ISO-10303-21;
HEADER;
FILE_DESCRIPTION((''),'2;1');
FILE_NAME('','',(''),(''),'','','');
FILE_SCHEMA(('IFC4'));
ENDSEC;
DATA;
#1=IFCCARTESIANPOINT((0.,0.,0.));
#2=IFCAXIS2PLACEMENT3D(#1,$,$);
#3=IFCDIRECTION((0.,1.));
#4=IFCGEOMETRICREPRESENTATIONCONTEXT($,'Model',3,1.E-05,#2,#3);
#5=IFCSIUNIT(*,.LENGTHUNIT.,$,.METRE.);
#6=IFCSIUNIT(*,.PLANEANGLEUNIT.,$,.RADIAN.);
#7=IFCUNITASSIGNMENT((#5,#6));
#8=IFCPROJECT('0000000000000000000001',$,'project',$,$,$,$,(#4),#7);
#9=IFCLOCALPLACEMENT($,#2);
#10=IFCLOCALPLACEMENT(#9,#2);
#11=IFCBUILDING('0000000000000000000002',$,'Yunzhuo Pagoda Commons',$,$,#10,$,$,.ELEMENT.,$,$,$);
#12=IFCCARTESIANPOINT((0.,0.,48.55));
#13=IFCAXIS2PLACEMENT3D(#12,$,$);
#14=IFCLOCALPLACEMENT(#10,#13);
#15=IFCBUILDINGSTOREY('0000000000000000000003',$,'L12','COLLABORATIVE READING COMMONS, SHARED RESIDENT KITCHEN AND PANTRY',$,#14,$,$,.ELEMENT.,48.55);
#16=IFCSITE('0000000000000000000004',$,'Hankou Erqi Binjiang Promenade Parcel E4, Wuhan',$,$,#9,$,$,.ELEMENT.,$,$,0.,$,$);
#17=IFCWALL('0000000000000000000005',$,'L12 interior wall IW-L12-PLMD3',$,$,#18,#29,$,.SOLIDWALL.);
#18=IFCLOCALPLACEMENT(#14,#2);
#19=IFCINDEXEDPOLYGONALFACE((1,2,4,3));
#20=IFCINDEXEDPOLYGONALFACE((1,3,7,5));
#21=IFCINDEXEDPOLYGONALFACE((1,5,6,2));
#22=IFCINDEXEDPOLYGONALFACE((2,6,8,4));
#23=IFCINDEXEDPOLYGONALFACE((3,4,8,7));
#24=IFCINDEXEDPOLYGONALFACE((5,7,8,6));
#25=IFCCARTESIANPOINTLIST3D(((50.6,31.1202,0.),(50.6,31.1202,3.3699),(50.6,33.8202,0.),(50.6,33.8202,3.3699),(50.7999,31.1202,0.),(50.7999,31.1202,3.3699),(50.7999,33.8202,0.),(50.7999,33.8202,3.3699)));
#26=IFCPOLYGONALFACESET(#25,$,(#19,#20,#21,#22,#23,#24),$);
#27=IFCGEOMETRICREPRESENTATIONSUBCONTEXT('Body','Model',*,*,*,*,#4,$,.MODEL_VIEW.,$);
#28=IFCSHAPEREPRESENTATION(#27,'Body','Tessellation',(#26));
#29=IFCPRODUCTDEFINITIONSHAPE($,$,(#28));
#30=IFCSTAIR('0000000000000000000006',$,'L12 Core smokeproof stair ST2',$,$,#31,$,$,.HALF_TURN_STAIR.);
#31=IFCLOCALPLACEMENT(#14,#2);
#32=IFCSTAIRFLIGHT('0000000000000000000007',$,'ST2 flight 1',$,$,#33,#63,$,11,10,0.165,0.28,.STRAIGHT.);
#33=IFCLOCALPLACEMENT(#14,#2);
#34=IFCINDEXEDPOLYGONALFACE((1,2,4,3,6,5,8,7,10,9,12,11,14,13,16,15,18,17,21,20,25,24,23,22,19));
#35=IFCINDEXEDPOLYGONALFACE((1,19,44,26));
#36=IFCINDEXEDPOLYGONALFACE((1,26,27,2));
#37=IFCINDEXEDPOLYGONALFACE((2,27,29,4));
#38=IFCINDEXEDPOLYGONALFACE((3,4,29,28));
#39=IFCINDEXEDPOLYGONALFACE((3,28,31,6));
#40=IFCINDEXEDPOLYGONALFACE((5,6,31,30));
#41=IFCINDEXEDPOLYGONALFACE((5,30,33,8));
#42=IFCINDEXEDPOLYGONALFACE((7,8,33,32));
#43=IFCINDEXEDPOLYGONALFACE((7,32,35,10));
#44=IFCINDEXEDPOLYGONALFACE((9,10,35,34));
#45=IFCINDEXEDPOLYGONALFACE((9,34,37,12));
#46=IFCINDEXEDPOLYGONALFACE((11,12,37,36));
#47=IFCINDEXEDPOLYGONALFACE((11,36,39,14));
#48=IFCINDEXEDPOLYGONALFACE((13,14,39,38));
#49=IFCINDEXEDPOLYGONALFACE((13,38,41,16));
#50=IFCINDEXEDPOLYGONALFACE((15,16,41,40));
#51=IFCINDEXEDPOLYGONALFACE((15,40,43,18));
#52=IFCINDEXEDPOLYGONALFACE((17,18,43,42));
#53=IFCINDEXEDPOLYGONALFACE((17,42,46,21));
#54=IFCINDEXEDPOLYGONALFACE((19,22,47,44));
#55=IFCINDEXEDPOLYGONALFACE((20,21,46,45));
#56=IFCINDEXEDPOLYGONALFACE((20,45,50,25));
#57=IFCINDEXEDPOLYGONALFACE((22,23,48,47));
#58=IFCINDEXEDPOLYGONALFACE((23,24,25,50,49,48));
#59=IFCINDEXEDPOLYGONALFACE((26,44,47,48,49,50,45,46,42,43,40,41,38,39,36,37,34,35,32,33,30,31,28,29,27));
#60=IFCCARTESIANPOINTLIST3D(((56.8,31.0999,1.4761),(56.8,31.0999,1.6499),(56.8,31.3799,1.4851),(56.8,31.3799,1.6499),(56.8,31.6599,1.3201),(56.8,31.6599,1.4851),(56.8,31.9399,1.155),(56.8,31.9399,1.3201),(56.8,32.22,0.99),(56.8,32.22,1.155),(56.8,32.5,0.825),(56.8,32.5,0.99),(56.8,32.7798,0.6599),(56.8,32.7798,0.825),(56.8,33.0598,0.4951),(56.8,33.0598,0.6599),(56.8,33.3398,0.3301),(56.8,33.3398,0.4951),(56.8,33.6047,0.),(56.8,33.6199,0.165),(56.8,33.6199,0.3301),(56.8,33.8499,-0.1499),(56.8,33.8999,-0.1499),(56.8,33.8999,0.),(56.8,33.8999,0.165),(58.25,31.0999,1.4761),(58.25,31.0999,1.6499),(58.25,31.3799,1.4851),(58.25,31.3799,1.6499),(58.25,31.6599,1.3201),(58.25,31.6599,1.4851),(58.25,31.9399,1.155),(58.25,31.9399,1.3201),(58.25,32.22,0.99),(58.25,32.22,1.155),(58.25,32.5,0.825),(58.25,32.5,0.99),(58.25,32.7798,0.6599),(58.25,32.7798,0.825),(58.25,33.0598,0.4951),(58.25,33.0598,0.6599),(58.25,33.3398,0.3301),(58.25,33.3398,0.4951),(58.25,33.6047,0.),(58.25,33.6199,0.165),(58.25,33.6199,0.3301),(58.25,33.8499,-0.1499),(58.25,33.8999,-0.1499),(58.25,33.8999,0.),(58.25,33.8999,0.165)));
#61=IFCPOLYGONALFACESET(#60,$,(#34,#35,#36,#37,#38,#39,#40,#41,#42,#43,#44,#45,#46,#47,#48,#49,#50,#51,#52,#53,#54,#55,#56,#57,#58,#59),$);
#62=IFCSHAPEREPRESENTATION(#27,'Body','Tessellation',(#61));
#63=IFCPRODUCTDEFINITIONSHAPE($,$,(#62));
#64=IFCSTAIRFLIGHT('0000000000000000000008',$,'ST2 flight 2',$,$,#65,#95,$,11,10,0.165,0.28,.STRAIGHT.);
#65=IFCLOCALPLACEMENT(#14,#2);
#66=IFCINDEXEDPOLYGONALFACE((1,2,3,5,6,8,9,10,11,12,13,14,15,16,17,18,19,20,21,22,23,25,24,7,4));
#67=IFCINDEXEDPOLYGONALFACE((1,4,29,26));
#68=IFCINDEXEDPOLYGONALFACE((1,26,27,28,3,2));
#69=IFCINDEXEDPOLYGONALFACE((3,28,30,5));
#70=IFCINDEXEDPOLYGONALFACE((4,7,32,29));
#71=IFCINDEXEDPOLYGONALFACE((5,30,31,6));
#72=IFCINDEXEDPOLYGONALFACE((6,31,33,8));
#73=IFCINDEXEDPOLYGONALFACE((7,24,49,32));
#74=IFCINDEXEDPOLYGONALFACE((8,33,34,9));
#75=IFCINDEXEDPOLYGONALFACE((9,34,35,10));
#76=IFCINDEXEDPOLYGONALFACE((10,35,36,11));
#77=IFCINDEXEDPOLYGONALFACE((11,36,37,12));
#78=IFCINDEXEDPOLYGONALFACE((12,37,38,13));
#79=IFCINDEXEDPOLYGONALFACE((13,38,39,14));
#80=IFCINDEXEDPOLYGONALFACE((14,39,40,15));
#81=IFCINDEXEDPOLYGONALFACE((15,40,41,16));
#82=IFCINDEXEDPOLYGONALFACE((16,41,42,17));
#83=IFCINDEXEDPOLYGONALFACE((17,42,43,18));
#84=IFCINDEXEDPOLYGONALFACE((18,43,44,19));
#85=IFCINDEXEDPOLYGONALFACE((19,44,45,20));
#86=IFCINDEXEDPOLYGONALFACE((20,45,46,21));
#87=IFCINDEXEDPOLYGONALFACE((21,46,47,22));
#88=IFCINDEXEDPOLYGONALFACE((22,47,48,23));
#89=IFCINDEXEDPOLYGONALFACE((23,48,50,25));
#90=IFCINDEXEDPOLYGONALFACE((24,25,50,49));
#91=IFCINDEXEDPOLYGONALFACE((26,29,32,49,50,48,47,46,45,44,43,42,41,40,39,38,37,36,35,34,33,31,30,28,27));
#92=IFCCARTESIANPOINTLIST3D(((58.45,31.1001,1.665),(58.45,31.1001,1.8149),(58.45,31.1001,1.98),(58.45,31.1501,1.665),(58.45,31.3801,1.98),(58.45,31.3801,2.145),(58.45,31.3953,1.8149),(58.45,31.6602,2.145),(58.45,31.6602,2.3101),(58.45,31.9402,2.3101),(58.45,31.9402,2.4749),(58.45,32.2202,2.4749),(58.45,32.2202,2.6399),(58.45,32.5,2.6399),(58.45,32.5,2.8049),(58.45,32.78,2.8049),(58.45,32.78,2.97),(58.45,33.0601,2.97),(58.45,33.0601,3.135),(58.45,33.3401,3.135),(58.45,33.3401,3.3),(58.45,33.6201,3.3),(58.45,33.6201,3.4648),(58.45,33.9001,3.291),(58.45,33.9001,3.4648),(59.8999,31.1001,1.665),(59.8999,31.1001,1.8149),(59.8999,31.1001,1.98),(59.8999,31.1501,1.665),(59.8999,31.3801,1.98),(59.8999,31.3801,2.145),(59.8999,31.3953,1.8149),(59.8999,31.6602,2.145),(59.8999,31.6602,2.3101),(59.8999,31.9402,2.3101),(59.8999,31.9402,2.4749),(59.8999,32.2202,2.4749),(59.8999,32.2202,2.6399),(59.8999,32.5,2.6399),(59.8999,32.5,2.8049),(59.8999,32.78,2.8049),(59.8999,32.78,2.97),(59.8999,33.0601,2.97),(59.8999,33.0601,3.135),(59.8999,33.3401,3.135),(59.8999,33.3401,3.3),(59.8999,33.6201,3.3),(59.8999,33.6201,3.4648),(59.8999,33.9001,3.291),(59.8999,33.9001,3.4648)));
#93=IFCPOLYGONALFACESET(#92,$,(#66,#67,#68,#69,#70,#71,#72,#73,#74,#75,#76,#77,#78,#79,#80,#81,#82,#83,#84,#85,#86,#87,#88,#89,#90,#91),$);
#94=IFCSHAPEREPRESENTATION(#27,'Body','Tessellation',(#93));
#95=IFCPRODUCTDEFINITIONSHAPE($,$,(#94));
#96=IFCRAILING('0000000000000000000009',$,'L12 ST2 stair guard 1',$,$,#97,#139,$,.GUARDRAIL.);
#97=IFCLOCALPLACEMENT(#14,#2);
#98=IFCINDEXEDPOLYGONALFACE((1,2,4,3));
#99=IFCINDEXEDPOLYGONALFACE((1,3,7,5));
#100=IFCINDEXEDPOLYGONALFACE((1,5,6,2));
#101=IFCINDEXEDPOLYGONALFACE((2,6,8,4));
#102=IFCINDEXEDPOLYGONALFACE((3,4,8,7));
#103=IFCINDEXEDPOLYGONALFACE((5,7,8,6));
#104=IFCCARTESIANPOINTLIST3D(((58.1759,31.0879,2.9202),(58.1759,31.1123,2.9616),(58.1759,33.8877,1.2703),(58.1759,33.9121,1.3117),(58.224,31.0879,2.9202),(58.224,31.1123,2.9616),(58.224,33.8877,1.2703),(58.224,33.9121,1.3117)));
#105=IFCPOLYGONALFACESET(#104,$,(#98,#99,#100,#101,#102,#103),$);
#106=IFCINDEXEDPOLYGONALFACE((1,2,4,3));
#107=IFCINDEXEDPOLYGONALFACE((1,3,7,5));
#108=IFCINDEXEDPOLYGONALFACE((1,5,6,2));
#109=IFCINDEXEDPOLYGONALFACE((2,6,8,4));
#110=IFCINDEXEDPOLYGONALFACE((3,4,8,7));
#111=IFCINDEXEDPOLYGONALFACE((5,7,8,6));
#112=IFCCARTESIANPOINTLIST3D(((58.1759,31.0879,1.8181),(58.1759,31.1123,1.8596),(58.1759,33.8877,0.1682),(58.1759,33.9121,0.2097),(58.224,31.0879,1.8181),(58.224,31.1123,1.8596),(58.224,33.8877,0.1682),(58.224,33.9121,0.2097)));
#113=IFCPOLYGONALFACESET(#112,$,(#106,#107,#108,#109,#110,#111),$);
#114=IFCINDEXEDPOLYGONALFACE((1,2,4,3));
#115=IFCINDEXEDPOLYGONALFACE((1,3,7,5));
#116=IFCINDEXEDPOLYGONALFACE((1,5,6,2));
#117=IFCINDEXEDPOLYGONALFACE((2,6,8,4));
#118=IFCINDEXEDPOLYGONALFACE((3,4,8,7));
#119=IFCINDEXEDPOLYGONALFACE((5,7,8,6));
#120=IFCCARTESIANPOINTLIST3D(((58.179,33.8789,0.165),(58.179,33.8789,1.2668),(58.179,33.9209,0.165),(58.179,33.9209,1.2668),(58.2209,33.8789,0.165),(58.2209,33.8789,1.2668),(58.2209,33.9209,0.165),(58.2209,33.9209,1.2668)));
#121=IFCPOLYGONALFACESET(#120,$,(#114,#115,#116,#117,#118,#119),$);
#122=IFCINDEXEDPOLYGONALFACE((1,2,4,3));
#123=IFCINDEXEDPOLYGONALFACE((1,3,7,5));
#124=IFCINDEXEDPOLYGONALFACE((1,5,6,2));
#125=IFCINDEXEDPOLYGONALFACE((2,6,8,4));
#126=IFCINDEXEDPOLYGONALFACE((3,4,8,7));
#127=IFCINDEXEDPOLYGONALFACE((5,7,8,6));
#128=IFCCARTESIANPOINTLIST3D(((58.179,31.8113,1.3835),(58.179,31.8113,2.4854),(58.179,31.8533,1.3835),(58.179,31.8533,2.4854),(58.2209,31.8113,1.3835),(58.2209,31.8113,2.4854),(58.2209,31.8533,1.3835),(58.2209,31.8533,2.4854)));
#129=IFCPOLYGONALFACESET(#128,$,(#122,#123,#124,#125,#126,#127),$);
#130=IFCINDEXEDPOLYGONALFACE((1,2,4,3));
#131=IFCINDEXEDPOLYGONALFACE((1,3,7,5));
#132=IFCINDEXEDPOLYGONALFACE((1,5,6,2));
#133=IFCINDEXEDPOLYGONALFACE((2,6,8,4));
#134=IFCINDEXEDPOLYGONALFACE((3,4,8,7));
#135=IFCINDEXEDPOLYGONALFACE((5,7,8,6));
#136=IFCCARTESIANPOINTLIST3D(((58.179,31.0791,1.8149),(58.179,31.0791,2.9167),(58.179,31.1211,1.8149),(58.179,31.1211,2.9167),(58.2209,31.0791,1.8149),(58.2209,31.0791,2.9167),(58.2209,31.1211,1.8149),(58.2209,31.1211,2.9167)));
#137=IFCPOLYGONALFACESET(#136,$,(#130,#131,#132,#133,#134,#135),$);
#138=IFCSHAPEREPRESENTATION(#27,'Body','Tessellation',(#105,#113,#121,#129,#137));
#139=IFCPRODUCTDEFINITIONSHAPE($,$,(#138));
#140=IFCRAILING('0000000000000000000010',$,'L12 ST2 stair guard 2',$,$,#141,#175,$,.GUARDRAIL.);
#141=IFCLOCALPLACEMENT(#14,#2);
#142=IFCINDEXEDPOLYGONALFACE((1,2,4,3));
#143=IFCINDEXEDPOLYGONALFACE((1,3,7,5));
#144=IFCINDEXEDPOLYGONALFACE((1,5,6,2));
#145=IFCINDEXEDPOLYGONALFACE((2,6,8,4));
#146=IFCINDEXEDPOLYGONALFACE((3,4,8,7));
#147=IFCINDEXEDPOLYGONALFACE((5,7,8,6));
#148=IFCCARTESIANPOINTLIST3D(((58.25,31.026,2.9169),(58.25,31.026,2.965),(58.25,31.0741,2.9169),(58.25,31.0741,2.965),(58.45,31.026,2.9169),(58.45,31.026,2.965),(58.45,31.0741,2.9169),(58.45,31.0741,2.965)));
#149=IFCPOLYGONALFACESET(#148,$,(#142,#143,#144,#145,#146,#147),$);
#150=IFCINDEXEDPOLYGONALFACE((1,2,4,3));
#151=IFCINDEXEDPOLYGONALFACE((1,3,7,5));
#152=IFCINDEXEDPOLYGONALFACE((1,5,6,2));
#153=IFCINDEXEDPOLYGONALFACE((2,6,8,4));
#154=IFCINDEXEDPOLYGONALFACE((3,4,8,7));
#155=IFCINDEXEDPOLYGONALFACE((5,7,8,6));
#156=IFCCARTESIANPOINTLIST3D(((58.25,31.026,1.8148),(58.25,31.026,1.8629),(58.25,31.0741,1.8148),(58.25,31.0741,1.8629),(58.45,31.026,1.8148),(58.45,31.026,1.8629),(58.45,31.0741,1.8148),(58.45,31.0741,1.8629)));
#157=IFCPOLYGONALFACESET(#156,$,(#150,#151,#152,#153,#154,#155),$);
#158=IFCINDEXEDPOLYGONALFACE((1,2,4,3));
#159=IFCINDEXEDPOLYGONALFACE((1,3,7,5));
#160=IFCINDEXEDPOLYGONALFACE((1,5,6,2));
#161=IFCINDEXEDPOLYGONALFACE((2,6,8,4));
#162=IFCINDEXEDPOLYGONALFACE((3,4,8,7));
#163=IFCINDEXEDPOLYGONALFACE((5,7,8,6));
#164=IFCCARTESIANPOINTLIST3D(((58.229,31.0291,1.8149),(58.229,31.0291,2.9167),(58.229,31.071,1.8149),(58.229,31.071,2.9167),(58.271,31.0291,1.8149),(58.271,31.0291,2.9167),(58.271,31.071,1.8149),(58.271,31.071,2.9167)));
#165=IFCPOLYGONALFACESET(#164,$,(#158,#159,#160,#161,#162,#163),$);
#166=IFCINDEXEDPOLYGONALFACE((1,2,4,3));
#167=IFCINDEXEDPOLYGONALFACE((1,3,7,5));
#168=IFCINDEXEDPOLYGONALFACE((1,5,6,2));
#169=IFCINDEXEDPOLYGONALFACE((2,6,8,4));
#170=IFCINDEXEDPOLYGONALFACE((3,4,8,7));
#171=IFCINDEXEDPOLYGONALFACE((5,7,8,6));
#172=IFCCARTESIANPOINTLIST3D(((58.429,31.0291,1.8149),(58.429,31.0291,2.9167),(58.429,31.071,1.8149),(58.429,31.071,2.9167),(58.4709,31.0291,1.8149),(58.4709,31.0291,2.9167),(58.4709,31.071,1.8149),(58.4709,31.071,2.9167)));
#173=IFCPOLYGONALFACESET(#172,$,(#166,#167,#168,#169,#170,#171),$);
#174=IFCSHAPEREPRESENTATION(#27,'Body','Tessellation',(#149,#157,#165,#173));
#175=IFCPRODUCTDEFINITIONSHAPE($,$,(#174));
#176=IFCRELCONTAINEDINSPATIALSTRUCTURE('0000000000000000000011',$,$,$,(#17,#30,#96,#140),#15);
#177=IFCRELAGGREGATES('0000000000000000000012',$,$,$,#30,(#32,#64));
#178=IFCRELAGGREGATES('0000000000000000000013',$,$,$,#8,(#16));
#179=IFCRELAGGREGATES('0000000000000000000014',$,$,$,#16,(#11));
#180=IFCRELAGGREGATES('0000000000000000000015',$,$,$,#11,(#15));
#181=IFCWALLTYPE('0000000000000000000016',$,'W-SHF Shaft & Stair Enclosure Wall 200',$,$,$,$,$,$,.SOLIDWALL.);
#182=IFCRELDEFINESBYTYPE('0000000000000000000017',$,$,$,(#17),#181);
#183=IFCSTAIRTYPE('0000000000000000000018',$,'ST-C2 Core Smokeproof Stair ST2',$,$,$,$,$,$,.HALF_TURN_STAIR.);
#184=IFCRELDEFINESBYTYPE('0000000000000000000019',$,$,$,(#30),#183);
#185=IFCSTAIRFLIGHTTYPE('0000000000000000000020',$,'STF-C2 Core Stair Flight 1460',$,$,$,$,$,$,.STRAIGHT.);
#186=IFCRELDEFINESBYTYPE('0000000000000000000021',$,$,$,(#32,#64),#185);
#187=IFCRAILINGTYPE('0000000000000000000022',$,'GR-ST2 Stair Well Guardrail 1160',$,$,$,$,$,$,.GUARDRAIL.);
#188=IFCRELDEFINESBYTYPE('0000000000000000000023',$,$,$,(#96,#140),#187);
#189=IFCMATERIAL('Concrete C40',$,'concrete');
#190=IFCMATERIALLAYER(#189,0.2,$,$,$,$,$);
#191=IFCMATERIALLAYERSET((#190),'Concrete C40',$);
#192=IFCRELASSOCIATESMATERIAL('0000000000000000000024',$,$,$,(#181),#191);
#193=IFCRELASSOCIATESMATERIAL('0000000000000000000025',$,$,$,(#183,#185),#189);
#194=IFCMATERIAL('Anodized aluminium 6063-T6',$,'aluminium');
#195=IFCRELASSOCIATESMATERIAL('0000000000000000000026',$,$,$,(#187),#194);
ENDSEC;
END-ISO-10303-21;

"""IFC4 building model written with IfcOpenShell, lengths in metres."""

from ifc_helpers import new_model, si_unit, direction, frame, frame_2d, origin, origin_2d, place, context, subcontext, project, spatial, polyline, rectangle, outline, extrude, source, transform, mapped, material, layer, layer_set, type_object, element, aggregate, save


model = new_model("IFC4")

# Units and contexts
model_context = context("Model", 3, precision=1e-05, world=origin(), true_north=direction((0.0, 1.0)))
body_context = subcontext(model_context, "Body", "Model", "MODEL_VIEW")
ifc_project = project(units=[si_unit("LENGTHUNIT", "METRE"), si_unit("PLANEANGLEUNIT", "RADIAN")], contexts=[model_context])

# Site, building, storey
site_placement = place(None, origin())
site = spatial("IfcSite", under=ifc_project, at=site_placement, Name="Hankou Erqi Binjiang Promenade Parcel E4, Wuhan", CompositionType="ELEMENT", RefElevation=0.0)
building_placement = place(site_placement, origin())
building = spatial("IfcBuilding", under=site, at=building_placement, Name="Yunzhuo Pagoda Commons", CompositionType="ELEMENT")
storey_placement = place(building_placement, frame((0.0, 0.0, 48.55)))
storey = spatial("IfcBuildingStorey", under=building, at=storey_placement, Name="L12", Description="COLLABORATIVE READING COMMONS, SHARED RESIDENT KITCHEN AND PANTRY", CompositionType="ELEMENT", Elevation=48.55)

# Shared definitions
ifc_material_1 = material(Name="Concrete C40", Category="concrete")
ifc_layer_1 = layer(ifc_material_1, 0.2)
ifc_layer_set_1 = layer_set([ifc_layer_1], Name="Concrete C40")
wall_type_1 = type_object("IfcWallType", Name="W-SHF Shaft & Stair Enclosure Wall 200", PredefinedType="SOLIDWALL", material=ifc_layer_set_1)

# Wall
for number, where, z_axis, x_axis, name in (
    (1, (50.7, 31.1201, 0.0), (0.0, 0.0, 1.0), (0.0, 1.0, 0.0), "L12 interior wall IW-L12-PLMD3"),
):
    element("IfcWall", number, at=place(storey_placement, frame(where, z_axis=z_axis, x_axis=x_axis)), inside=storey, type_object=wall_type_1, Name=name, PredefinedType="SOLIDWALL", context=body_context, shape_type="SweptSolid", body=[
        extrude(rectangle(XDim=2.7, YDim=0.2, at=frame_2d((1.3501, 0.0))), origin(), (0.0, 0.0, 1.0), 3.3699),
    ])

# Stair, stair flights
stair_type = type_object("IfcStairType", Name="ST-C2 Core Smokeproof Stair ST2", PredefinedType="HALF_TURN_STAIR", material=ifc_material_1)
stair_placement = place(storey_placement, origin())
stair = element("IfcStair", 2, at=stair_placement, inside=storey, type_object=stair_type, Name="L12 Core smokeproof stair ST2", PredefinedType="HALF_TURN_STAIR")
stair_flight_type = type_object("IfcStairFlightType", Name="STF-C2 Core Stair Flight 1460", PredefinedType="STRAIGHT", material=ifc_material_1)
shared_shape_1 = source(origin(), body_context, "Body", "SweptSolid", [
    extrude(outline(polyline([(0.0, -0.1499), (0.0, 0.0), (0.0, 0.165), (0.28, 0.165), (0.28, 0.3301), (0.5601, 0.3301), (0.5601, 0.4951), (0.8401, 0.4951), (0.8401, 0.6599), (1.1201, 0.6599), (1.1201, 0.825), (1.3999, 0.825), (1.3999, 0.99), (1.6799, 0.99), (1.6799, 1.155), (1.96, 1.155), (1.96, 1.3201), (2.24, 1.3201), (2.24, 1.4851), (2.52, 1.4851), (2.52, 1.6499), (2.8, 1.6499), (2.8, 1.8149), (2.8, 1.4761), (0.2952, 0.0), (0.05, -0.1499), (0.0, -0.1499)])), frame((0.0, 0.7251, 0.0), z_axis=(0.0, -1.0, 0.0), x_axis=(1.0, 0.0, 0.0)), (0.0, 0.0, 1.0), 1.45),
])
stair_flight_1_placement = place(storey_placement, frame((57.5249, 33.8999, 0.0), z_axis=(0.0, 0.0, 1.0), x_axis=(0.0, -1.0, 0.0)))
stair_flight_1 = element("IfcStairFlight", 3, at=stair_flight_1_placement, type_object=stair_flight_type, Name="ST2 flight 1", NumberOfRisers=11, NumberOfTreads=10, PredefinedType="STRAIGHT", RiserHeight=0.165, TreadLength=0.28, context=body_context, shape_type="MappedRepresentation", body=[
    mapped(shared_shape_1, transform((0.0, 0.0, 0.0), scale=1.0)),
])
stair_flight_2_placement = place(storey_placement, frame((59.175, 31.1001, 1.8149), z_axis=(0.0, 0.0, 1.0), x_axis=(0.0, 1.0, 0.0)))
stair_flight_2 = element("IfcStairFlight", 4, at=stair_flight_2_placement, type_object=stair_flight_type, Name="ST2 flight 2", NumberOfRisers=11, NumberOfTreads=10, PredefinedType="STRAIGHT", RiserHeight=0.165, TreadLength=0.28, context=body_context, shape_type="MappedRepresentation", body=[
    mapped(shared_shape_1, transform((0.0, 0.0, 0.0), scale=1.0)),
])
aggregate(stair, [stair_flight_1, stair_flight_2])

# Railings
ifc_material_2 = material(Name="Anodized aluminium 6063-T6", Category="aluminium")
railing_type_1 = type_object("IfcRailingType", Name="GR-ST2 Stair Well Guardrail 1160", PredefinedType="GUARDRAIL", material=ifc_material_2)
railing_1_placement = place(storey_placement, frame((58.2, 33.8999, 0.165)))
element("IfcRailing", 5, at=railing_1_placement, inside=storey, type_object=railing_type_1, Name="L12 ST2 stair guard 1", PredefinedType="GUARDRAIL", context=body_context, shape_type="SweptSolid", body=[
    extrude(rectangle(XDim=0.0481, YDim=0.0481, at=origin_2d()), frame((0.0, 0.0, 1.126), z_axis=(0.0, -0.861536, 0.507696), x_axis=(1.0, 0.0, 0.0)), (0.0, 0.0, 1.0), 3.2498),
    extrude(rectangle(XDim=0.0481, YDim=0.0481, at=origin_2d()), frame((0.0, 0.0, 0.0239), z_axis=(0.0, -0.861536, 0.507696), x_axis=(1.0, 0.0, 0.0)), (0.0, 0.0, 1.0), 3.2498),
    extrude(rectangle(XDim=0.042, YDim=0.042, at=origin_2d()), origin(), (0.0, 0.0, 1.0), 1.1018),
    extrude(rectangle(XDim=0.042, YDim=0.042, at=origin_2d()), frame((0.0, -2.0676, 1.2185)), (0.0, 0.0, 1.0), 1.1018),
    extrude(rectangle(XDim=0.042, YDim=0.042, at=origin_2d()), frame((0.0, -2.7998, 1.6499)), (0.0, 0.0, 1.0), 1.1018),
])
railing_2_placement = place(storey_placement, frame((58.25, 31.05, 1.8149)))
element("IfcRailing", 6, at=railing_2_placement, inside=storey, type_object=railing_type_1, Name="L12 ST2 stair guard 2", PredefinedType="GUARDRAIL", context=body_context, shape_type="SweptSolid", body=[
    extrude(rectangle(XDim=0.0481, YDim=0.0481, at=origin_2d()), frame((0.0, 0.0, 1.126), z_axis=(1.0, 0.0, 0.0), x_axis=(0.0, 1.0, 0.0)), (0.0, 0.0, 1.0), 0.2),
    extrude(rectangle(XDim=0.0481, YDim=0.0481, at=origin_2d()), frame((0.0, 0.0, 0.0239), z_axis=(1.0, 0.0, 0.0), x_axis=(0.0, 1.0, 0.0)), (0.0, 0.0, 1.0), 0.2),
    extrude(rectangle(XDim=0.042, YDim=0.042, at=origin_2d()), origin(), (0.0, 0.0, 1.0), 1.1018),
    extrude(rectangle(XDim=0.042, YDim=0.042, at=origin_2d()), frame((0.2, 0.0, 0.0)), (0.0, 0.0, 1.0), 1.1018),
])

save(model, "model.ifc")
